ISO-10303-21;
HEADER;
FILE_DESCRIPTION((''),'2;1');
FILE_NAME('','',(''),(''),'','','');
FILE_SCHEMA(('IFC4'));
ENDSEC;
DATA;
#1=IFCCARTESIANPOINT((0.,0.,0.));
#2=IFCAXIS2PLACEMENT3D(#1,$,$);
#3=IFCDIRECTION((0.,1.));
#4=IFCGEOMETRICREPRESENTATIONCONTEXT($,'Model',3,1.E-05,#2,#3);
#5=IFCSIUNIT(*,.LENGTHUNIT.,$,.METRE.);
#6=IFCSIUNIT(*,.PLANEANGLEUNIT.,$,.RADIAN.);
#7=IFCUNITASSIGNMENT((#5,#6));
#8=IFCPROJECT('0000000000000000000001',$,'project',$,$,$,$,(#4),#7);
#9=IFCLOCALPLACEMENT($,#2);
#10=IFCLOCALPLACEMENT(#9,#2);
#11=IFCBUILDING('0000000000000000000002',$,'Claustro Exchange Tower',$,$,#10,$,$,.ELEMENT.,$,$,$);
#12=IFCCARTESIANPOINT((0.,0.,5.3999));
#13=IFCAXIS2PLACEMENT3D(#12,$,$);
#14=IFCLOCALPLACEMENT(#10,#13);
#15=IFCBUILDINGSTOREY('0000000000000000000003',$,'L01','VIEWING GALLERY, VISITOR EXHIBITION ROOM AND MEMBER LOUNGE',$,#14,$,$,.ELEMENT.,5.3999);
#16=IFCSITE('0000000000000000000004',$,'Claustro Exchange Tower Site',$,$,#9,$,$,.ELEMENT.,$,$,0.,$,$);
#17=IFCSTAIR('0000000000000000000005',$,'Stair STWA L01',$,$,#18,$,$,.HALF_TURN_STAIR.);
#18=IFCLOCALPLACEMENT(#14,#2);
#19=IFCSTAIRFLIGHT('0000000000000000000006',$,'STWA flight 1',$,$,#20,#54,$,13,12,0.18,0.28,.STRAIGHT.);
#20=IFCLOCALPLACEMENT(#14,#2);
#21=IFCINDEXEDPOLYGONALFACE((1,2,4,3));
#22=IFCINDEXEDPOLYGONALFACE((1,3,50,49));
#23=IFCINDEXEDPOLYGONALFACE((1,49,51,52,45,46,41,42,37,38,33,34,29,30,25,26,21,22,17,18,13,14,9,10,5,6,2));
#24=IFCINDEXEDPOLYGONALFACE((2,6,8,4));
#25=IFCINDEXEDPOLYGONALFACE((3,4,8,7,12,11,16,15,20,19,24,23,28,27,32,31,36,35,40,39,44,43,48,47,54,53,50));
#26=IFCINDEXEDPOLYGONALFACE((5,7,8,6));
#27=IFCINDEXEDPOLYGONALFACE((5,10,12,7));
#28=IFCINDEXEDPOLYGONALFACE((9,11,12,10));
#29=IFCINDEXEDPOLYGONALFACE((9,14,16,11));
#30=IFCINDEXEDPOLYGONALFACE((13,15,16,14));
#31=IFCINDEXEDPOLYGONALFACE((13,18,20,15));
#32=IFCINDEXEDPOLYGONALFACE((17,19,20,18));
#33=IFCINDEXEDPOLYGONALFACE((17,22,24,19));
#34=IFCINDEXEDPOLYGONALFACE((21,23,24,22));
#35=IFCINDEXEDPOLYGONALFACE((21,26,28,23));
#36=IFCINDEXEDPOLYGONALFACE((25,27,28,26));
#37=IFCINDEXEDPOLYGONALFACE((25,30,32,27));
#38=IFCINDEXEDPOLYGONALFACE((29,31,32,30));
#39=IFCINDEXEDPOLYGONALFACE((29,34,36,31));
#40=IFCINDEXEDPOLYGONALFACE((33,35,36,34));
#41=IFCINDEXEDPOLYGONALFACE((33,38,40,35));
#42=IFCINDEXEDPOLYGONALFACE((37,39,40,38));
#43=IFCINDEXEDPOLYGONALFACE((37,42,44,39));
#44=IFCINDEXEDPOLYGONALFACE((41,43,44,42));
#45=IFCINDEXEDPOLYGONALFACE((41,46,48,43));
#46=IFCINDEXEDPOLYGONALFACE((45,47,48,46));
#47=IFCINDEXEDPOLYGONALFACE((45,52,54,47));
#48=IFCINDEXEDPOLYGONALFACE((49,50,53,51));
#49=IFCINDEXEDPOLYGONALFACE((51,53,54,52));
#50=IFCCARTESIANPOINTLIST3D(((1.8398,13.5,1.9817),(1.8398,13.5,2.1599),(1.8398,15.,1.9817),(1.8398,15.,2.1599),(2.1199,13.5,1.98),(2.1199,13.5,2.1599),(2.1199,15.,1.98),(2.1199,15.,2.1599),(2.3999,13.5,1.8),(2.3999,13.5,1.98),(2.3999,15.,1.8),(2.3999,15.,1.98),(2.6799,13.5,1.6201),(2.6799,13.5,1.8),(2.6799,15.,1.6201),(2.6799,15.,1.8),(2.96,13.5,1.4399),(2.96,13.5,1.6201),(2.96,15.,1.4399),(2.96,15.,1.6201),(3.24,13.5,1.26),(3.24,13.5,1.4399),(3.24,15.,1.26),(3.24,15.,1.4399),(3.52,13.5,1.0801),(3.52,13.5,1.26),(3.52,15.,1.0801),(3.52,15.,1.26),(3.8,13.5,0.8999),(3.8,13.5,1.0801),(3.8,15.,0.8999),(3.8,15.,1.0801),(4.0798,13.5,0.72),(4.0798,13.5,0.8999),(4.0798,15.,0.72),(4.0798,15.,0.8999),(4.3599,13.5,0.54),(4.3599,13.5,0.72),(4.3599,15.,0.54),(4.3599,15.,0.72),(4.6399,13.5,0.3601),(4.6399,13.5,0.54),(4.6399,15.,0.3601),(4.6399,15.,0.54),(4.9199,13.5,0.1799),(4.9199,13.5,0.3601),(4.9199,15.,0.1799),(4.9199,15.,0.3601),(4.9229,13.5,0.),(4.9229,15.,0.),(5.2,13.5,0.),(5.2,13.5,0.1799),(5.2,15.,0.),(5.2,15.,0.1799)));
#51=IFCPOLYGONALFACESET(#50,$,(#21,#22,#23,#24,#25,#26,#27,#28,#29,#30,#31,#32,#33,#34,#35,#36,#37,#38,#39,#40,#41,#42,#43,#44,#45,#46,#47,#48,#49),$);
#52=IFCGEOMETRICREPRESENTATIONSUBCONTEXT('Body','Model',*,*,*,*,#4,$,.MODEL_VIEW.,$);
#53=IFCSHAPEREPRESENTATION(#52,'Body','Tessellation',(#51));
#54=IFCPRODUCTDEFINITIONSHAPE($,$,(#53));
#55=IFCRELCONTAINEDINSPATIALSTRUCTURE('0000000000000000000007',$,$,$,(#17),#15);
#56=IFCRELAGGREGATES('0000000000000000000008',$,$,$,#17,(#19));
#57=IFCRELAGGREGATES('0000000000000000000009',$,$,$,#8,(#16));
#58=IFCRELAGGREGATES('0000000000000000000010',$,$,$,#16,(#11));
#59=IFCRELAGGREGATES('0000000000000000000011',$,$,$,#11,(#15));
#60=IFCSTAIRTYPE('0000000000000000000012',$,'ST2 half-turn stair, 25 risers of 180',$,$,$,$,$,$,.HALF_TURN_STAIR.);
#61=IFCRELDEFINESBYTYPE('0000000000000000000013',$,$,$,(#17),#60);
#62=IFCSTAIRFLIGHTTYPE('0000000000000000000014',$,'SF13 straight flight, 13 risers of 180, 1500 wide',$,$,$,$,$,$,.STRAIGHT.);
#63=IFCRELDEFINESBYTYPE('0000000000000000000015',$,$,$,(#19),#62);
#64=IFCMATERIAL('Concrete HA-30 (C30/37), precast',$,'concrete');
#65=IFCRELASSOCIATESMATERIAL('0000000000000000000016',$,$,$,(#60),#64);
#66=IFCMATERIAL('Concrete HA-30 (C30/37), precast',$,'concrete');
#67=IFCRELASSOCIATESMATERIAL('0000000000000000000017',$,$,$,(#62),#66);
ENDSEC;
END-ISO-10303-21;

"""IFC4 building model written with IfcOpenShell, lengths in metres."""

from ifc_helpers import new_model, si_unit, direction, frame, origin, place, context, subcontext, project, spatial, polyline, outline, extrude, material, type_object, element, aggregate, save


model = new_model("IFC4")

# Units and contexts
model_context = context("Model", 3, precision=1e-05, world=origin(), true_north=direction((0.0, 1.0)))
body_context = subcontext(model_context, "Body", "Model", "MODEL_VIEW")
ifc_project = project(units=[si_unit("LENGTHUNIT", "METRE"), si_unit("PLANEANGLEUNIT", "RADIAN")], contexts=[model_context])

# Site, building, storey
site_placement = place(None, origin())
site = spatial("IfcSite", under=ifc_project, at=site_placement, Name="Claustro Exchange Tower Site", CompositionType="ELEMENT", RefElevation=0.0)
building_placement = place(site_placement, origin())
building = spatial("IfcBuilding", under=site, at=building_placement, Name="Claustro Exchange Tower", CompositionType="ELEMENT")
storey_placement = place(building_placement, frame((0.0, 0.0, 5.3999)))
storey = spatial("IfcBuildingStorey", under=building, at=storey_placement, Name="L01", Description="VIEWING GALLERY, VISITOR EXHIBITION ROOM AND MEMBER LOUNGE", CompositionType="ELEMENT", Elevation=5.3999)

# Stair, stair flight
ifc_material_1 = material(Name="Concrete HA-30 (C30/37), precast", Category="concrete")
stair_type = type_object("IfcStairType", Name="ST2 half-turn stair, 25 risers of 180", PredefinedType="HALF_TURN_STAIR", material=ifc_material_1)
stair_placement = place(storey_placement, origin())
stair = element("IfcStair", 1, at=stair_placement, inside=storey, type_object=stair_type, Name="Stair STWA L01", PredefinedType="HALF_TURN_STAIR")
ifc_material_2 = material(Name="Concrete HA-30 (C30/37), precast", Category="concrete")
stair_flight_type_1 = type_object("IfcStairFlightType", Name="SF13 straight flight, 13 risers of 180, 1500 wide", PredefinedType="STRAIGHT", material=ifc_material_2)
stair_flight_1_placement = place(storey_placement, frame((5.2, 14.25, 0.0), z_axis=(0.0, 0.0, 1.0), x_axis=(-1.0, 0.0, 0.0)))
stair_flight_1 = element("IfcStairFlight", 2, at=stair_flight_1_placement, type_object=stair_flight_type_1, Name="STWA flight 1", NumberOfRisers=13, NumberOfTreads=12, PredefinedType="STRAIGHT", RiserHeight=0.18, TreadLength=0.28, context=body_context, shape_type="SweptSolid", body=[
    extrude(outline(polyline([(0.0, 0.0), (0.0, 0.1799), (0.28, 0.1799), (0.28, 0.3601), (0.5601, 0.3601), (0.5601, 0.54), (0.8401, 0.54), (0.8401, 0.72), (1.1201, 0.72), (1.1201, 0.8999), (1.3999, 0.8999), (1.3999, 1.0801), (1.6799, 1.0801), (1.6799, 1.26), (1.96, 1.26), (1.96, 1.4399), (2.24, 1.4399), (2.24, 1.6201), (2.52, 1.6201), (2.52, 1.8), (2.8, 1.8), (2.8, 1.98), (3.0801, 1.98), (3.0801, 2.1599), (3.3601, 2.1599), (3.3601, 2.3401), (3.3601, 1.9817), (0.2771, 0.0), (0.0, 0.0)])), frame((0.0, 0.75, 0.0), z_axis=(0.0, -1.0, 0.0), x_axis=(1.0, 0.0, 0.0)), (0.0, 0.0, 1.0), 1.5),
])
aggregate(stair, [stair_flight_1])

save(model, "model.ifc")
